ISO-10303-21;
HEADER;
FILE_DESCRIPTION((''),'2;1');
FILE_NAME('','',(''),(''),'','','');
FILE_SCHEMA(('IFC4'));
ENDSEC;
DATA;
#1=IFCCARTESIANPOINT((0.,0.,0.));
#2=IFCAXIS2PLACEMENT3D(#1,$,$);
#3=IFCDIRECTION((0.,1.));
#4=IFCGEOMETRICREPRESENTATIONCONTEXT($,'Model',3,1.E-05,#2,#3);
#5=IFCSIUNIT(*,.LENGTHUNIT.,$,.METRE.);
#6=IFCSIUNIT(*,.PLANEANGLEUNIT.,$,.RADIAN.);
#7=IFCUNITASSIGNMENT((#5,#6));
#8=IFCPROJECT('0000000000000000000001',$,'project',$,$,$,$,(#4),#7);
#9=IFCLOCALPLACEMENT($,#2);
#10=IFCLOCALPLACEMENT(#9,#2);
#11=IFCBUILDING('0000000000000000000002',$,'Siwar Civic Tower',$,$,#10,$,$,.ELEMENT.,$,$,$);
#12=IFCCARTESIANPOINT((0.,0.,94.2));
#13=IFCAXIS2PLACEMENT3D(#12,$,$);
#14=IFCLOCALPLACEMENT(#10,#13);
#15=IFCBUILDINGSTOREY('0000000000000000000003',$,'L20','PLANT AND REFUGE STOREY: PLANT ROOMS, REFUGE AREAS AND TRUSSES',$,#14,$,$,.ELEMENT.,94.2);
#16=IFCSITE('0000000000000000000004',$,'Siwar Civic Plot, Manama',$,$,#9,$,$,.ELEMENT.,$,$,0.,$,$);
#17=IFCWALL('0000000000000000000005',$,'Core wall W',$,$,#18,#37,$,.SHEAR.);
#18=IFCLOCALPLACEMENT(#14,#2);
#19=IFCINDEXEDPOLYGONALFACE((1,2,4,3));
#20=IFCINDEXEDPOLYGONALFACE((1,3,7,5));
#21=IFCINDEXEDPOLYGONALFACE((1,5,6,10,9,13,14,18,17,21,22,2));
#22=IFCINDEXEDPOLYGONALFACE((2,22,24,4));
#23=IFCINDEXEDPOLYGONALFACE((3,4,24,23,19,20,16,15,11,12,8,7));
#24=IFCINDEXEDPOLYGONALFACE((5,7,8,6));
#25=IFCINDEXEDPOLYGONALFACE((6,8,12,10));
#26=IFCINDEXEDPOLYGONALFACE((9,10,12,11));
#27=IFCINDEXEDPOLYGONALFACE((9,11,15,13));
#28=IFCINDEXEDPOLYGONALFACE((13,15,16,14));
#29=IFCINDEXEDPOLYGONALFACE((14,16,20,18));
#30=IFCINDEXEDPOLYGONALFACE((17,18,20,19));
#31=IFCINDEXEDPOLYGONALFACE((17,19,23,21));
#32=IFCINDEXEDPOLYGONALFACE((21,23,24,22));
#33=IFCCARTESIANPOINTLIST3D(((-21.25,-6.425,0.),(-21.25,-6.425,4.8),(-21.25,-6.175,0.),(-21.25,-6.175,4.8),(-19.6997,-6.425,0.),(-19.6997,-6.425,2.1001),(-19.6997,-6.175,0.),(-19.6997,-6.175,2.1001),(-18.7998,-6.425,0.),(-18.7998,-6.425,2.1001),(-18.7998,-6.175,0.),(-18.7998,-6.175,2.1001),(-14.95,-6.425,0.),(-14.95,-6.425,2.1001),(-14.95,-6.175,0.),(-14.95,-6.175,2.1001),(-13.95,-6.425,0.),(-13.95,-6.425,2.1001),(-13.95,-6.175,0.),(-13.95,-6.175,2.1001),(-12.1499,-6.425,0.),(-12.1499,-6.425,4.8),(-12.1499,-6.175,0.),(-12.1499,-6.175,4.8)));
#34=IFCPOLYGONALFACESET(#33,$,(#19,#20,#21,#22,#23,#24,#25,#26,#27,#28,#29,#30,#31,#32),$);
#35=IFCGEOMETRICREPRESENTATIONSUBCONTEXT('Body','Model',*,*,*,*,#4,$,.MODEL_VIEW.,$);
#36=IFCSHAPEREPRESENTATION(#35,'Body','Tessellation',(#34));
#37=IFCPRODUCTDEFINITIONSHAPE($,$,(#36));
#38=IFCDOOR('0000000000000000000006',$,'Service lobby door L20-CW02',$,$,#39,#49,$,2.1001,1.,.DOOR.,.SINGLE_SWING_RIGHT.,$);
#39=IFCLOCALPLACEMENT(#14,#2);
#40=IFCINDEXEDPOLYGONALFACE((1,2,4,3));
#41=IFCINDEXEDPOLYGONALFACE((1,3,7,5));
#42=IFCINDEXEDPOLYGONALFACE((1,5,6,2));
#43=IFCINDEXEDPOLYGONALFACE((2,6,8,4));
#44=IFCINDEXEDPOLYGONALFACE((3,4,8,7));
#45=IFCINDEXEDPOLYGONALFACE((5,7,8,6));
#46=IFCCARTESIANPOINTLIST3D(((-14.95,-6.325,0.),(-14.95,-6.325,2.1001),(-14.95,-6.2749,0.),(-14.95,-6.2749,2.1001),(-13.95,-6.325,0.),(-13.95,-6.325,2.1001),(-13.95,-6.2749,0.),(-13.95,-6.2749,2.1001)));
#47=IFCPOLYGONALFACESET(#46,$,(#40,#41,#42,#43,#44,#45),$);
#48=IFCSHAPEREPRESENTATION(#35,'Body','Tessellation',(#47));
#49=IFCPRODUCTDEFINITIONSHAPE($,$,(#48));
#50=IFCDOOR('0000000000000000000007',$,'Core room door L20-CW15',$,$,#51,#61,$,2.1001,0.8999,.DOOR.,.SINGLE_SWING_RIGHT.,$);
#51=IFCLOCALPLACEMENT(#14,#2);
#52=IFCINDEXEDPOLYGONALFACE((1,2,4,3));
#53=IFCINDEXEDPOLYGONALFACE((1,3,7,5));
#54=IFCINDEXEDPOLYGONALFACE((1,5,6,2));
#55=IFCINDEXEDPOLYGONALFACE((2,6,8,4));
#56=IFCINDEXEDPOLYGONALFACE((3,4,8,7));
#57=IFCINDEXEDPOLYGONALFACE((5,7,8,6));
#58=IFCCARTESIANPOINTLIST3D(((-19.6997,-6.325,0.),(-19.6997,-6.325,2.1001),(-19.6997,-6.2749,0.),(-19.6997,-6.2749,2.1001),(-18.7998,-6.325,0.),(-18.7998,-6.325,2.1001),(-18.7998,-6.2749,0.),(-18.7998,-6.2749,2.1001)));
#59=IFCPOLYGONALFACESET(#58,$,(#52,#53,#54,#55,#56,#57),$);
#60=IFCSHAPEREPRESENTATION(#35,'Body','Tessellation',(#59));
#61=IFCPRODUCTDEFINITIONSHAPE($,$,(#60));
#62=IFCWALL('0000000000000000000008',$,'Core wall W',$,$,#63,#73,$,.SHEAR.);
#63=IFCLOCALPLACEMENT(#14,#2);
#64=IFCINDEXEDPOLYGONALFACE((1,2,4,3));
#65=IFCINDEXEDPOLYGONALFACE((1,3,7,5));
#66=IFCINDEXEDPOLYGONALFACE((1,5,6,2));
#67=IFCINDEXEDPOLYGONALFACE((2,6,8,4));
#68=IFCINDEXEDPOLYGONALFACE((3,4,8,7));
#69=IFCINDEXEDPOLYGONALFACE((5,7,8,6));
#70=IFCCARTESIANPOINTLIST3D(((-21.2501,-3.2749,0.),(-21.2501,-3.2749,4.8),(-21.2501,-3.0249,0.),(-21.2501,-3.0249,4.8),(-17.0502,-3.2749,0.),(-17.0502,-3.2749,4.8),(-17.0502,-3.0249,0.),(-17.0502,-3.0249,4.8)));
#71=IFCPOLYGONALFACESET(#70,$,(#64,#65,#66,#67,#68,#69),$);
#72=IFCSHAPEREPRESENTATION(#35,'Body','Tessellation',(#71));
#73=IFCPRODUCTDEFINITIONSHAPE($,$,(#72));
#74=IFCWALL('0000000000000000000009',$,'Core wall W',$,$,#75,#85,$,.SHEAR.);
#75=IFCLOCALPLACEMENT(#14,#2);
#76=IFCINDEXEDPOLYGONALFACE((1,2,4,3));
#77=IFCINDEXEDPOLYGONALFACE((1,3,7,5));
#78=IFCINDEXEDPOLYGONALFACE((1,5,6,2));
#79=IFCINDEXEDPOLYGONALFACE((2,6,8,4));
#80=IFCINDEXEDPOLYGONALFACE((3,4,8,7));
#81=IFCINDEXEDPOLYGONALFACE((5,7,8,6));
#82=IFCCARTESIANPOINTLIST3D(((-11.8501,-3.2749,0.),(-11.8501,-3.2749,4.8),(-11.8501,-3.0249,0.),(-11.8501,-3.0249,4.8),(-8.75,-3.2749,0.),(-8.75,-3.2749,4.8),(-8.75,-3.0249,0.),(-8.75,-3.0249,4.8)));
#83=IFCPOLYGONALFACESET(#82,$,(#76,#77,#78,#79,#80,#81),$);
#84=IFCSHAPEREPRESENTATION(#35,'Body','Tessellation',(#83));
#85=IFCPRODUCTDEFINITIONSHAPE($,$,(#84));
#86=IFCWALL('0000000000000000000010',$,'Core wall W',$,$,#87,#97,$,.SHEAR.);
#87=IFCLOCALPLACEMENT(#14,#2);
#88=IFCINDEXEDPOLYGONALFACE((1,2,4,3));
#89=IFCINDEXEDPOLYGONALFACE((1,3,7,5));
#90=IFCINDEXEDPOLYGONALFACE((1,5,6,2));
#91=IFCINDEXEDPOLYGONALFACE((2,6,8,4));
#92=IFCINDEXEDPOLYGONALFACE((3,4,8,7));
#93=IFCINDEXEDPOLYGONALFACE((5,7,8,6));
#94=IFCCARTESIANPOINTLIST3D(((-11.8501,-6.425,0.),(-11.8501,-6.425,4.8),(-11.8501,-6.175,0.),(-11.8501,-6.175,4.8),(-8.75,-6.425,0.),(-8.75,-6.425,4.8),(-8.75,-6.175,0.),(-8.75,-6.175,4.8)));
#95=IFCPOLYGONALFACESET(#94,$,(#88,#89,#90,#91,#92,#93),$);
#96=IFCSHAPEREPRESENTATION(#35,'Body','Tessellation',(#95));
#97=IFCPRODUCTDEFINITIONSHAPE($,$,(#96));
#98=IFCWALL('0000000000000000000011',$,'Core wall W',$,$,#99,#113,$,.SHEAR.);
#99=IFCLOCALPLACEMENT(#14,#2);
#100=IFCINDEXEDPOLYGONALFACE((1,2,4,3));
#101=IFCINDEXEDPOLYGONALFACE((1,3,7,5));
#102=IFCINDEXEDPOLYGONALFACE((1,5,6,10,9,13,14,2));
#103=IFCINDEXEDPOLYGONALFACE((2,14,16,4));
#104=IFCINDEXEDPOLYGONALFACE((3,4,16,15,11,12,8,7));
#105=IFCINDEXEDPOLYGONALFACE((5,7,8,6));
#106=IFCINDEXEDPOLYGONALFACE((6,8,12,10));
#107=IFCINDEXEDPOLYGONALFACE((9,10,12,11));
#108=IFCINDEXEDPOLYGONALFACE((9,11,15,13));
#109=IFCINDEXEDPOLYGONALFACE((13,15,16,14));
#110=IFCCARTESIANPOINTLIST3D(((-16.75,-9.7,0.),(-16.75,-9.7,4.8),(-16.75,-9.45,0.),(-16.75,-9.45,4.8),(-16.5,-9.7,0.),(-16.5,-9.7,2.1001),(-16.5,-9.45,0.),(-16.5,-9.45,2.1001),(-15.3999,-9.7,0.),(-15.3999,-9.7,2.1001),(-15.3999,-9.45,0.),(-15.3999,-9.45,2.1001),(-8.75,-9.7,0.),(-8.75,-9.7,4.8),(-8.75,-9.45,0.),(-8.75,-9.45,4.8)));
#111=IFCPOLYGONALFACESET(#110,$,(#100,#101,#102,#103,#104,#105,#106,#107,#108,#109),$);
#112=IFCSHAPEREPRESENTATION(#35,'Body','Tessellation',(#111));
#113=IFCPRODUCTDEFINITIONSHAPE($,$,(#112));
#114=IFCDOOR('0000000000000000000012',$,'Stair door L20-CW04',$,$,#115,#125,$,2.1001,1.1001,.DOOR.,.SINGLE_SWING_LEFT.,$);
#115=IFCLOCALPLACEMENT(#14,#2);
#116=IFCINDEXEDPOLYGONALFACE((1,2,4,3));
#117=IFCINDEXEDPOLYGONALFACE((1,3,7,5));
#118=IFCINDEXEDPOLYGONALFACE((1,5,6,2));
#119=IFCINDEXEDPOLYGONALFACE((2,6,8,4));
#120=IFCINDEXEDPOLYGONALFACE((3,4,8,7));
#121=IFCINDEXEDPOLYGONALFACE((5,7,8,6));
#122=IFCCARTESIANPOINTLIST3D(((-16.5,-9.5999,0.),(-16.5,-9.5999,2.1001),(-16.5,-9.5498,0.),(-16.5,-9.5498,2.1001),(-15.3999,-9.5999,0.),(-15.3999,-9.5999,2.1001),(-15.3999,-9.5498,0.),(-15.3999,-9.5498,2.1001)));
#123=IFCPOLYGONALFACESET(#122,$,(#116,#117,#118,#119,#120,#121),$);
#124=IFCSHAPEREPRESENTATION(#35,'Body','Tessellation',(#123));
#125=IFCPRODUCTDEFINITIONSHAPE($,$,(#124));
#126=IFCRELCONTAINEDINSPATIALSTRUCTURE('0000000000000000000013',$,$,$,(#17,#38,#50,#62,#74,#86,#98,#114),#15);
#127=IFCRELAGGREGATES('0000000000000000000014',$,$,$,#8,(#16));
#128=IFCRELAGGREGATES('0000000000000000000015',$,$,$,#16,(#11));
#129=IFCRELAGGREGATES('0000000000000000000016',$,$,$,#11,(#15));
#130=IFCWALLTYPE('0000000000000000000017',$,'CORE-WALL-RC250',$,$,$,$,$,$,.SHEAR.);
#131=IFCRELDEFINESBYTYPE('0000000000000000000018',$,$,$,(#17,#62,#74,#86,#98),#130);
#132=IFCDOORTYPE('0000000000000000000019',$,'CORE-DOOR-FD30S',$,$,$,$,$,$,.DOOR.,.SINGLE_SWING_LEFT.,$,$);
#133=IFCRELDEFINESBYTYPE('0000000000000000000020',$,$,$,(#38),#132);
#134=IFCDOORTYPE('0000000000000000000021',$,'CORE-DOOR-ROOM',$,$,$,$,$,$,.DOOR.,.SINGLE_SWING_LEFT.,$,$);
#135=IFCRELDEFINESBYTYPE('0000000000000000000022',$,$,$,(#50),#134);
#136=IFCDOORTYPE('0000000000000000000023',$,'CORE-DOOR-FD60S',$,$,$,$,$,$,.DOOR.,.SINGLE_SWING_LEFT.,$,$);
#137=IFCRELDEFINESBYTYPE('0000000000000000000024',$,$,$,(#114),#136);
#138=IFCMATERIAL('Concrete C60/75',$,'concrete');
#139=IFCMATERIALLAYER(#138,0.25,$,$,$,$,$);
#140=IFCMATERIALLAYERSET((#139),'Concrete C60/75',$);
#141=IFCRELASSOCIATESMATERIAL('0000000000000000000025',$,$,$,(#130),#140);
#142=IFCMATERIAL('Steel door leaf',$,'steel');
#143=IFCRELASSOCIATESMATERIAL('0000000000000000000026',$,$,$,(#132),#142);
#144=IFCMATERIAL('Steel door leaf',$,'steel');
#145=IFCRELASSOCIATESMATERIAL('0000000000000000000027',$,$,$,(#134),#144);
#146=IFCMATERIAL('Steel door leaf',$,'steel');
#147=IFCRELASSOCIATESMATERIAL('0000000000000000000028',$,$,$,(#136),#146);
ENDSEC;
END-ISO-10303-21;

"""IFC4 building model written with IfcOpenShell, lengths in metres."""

from ifc_helpers import new_model, si_unit, direction, frame, frame_2d, origin, place, context, subcontext, project, spatial, rectangle, extrude, material, layer, layer_set, type_object, element, fill, save


model = new_model("IFC4")

# Units and contexts
model_context = context("Model", 3, precision=1e-05, world=origin(), true_north=direction((0.0, 1.0)))
body_context = subcontext(model_context, "Body", "Model", "MODEL_VIEW")
ifc_project = project(units=[si_unit("LENGTHUNIT", "METRE"), si_unit("PLANEANGLEUNIT", "RADIAN")], contexts=[model_context])

# Site, building, storey
site_placement = place(None, origin())
site = spatial("IfcSite", under=ifc_project, at=site_placement, Name="Siwar Civic Plot, Manama", CompositionType="ELEMENT", RefElevation=0.0)
building_placement = place(site_placement, origin())
building = spatial("IfcBuilding", under=site, at=building_placement, Name="Siwar Civic Tower", CompositionType="ELEMENT")
storey_placement = place(building_placement, frame((0.0, 0.0, 94.2)))
storey = spatial("IfcBuildingStorey", under=building, at=storey_placement, Name="L20", Description="PLANT AND REFUGE STOREY: PLANT ROOMS, REFUGE AREAS AND TRUSSES", CompositionType="ELEMENT", Elevation=94.2)

# Wall, openings, doors
ifc_material_1 = material(Name="Concrete C60/75", Category="concrete")
ifc_layer_1 = layer(ifc_material_1, 0.25)
ifc_layer_set_1 = layer_set([ifc_layer_1], Name="Concrete C60/75")
wall_type_1 = type_object("IfcWallType", Name="CORE-WALL-RC250", PredefinedType="SHEAR", material=ifc_layer_set_1)
wall_1_placement = place(storey_placement, frame((-12.1499, -6.3, 0.0), z_axis=(0.0, 0.0, 1.0), x_axis=(-1.0, 0.0, 0.0)))
wall_1 = element("IfcWall", 1, at=wall_1_placement, inside=storey, type_object=wall_type_1, Name="Core wall W", PredefinedType="SHEAR", context=body_context, shape_type="SweptSolid", body=[
    extrude(rectangle(XDim=9.1001, YDim=0.25, at=frame_2d((4.55, 0.0))), origin(), (0.0, 0.0, 1.0), 4.8),
])
opening_1_placement = place(wall_1_placement, frame((1.8, 0.0, 0.0)))
opening_1 = element("IfcOpeningElement", 2, at=opening_1_placement, cuts=wall_1, PredefinedType="OPENING", context=body_context, shape_type="SweptSolid", body=[
    extrude(rectangle(XDim=1.0, YDim=2.1001, at=frame_2d((0.5, 1.05))), frame((0.0, 0.135, 0.0), z_axis=(0.0, -1.0, 0.0), x_axis=(1.0, 0.0, 0.0)), (0.0, 0.0, 1.0), 0.27),
])
opening_2_placement = place(wall_1_placement, frame((6.6499, 0.0, 0.0)))
opening_2 = element("IfcOpeningElement", 3, at=opening_2_placement, cuts=wall_1, PredefinedType="OPENING", context=body_context, shape_type="SweptSolid", body=[
    extrude(rectangle(XDim=0.8999, YDim=2.1001, at=frame_2d((0.45, 1.05))), frame((0.0, 0.135, 0.0), z_axis=(0.0, -1.0, 0.0), x_axis=(1.0, 0.0, 0.0)), (0.0, 0.0, 1.0), 0.27),
])
ifc_material_2 = material(Name="Steel door leaf", Category="steel")
door_type_1 = type_object("IfcDoorType", Name="CORE-DOOR-FD30S", OperationType="SINGLE_SWING_LEFT", PredefinedType="DOOR", material=ifc_material_2)
door_1_placement = place(opening_1_placement, origin())
door_1 = element("IfcDoor", 4, at=door_1_placement, inside=storey, type_object=door_type_1, Name="Service lobby door L20-CW02", OperationType="SINGLE_SWING_RIGHT", OverallHeight=2.1001, OverallWidth=1.0, PredefinedType="DOOR", context=body_context, shape_type="SweptSolid", body=[
    extrude(rectangle(XDim=1.0, YDim=2.1001, at=frame_2d((0.5, 1.05))), frame((0.0, 0.0249, 0.0), z_axis=(0.0, -1.0, 0.0), x_axis=(1.0, 0.0, 0.0)), (0.0, 0.0, 1.0), 0.05),
])
fill(opening_1, door_1)
ifc_material_3 = material(Name="Steel door leaf", Category="steel")
door_type_2 = type_object("IfcDoorType", Name="CORE-DOOR-ROOM", OperationType="SINGLE_SWING_LEFT", PredefinedType="DOOR", material=ifc_material_3)
door_2_placement = place(opening_2_placement, origin())
door_2 = element("IfcDoor", 5, at=door_2_placement, inside=storey, type_object=door_type_2, Name="Core room door L20-CW15", OperationType="SINGLE_SWING_RIGHT", OverallHeight=2.1001, OverallWidth=0.8999, PredefinedType="DOOR", context=body_context, shape_type="SweptSolid", body=[
    extrude(rectangle(XDim=0.8999, YDim=2.1001, at=frame_2d((0.45, 1.05))), frame((0.0, 0.0249, 0.0), z_axis=(0.0, -1.0, 0.0), x_axis=(1.0, 0.0, 0.0)), (0.0, 0.0, 1.0), 0.05),
])
fill(opening_2, door_2)

# Walls
wall_2_placement = place(storey_placement, frame((-17.05, -3.1499, 0.0), z_axis=(0.0, 0.0, 1.0), x_axis=(-1.0, 0.0, 0.0)))
element("IfcWall", 6, at=wall_2_placement, inside=storey, type_object=wall_type_1, Name="Core wall W", PredefinedType="SHEAR", context=body_context, shape_type="SweptSolid", body=[
    extrude(rectangle(XDim=4.2, YDim=0.25, at=frame_2d((2.1001, 0.0))), origin(), (0.0, 0.0, 1.0), 4.8),
])
for number, where, z_axis, x_axis, name in (
    (7, (-8.75, -3.1499, 0.0), (0.0, 0.0, 1.0), (-1.0, 0.0, 0.0), "Core wall W"),
    (8, (-8.75, -6.3, 0.0), (0.0, 0.0, 1.0), (-1.0, 0.0, 0.0), "Core wall W"),
):
    element("IfcWall", number, at=place(storey_placement, frame(where, z_axis=z_axis, x_axis=x_axis)), inside=storey, type_object=wall_type_1, Name=name, PredefinedType="SHEAR", context=body_context, shape_type="SweptSolid", body=[
        extrude(rectangle(XDim=3.1001, YDim=0.25, at=frame_2d((1.55, 0.0))), origin(), (0.0, 0.0, 1.0), 4.8),
    ])

# Wall, opening, door
wall_3_placement = place(storey_placement, frame((-8.75, -9.575, 0.0), z_axis=(0.0, 0.0, 1.0), x_axis=(-1.0, 0.0, 0.0)))
wall_3 = element("IfcWall", 9, at=wall_3_placement, inside=storey, type_object=wall_type_1, Name="Core wall W", PredefinedType="SHEAR", context=body_context, shape_type="SweptSolid", body=[
    extrude(rectangle(XDim=8.0, YDim=0.25, at=frame_2d((4.0, 0.0))), origin(), (0.0, 0.0, 1.0), 4.8),
])
opening_3_placement = place(wall_3_placement, frame((6.6499, 0.0, 0.0)))
opening_3 = element("IfcOpeningElement", 10, at=opening_3_placement, cuts=wall_3, PredefinedType="OPENING", context=body_context, shape_type="SweptSolid", body=[
    extrude(rectangle(XDim=1.1001, YDim=2.1001, at=frame_2d((0.55, 1.05))), frame((0.0, 0.135, 0.0), z_axis=(0.0, -1.0, 0.0), x_axis=(1.0, 0.0, 0.0)), (0.0, 0.0, 1.0), 0.27),
])
ifc_material_4 = material(Name="Steel door leaf", Category="steel")
door_type_3 = type_object("IfcDoorType", Name="CORE-DOOR-FD60S", OperationType="SINGLE_SWING_LEFT", PredefinedType="DOOR", material=ifc_material_4)
door_3_placement = place(opening_3_placement, origin())
door_3 = element("IfcDoor", 11, at=door_3_placement, inside=storey, type_object=door_type_3, Name="Stair door L20-CW04", OperationType="SINGLE_SWING_LEFT", OverallHeight=2.1001, OverallWidth=1.1001, PredefinedType="DOOR", context=body_context, shape_type="SweptSolid", body=[
    extrude(rectangle(XDim=1.1001, YDim=2.1001, at=frame_2d((0.55, 1.05))), frame((0.0, 0.0249, 0.0), z_axis=(0.0, -1.0, 0.0), x_axis=(1.0, 0.0, 0.0)), (0.0, 0.0, 1.0), 0.05),
])
fill(opening_3, door_3)

save(model, "model.ifc")
